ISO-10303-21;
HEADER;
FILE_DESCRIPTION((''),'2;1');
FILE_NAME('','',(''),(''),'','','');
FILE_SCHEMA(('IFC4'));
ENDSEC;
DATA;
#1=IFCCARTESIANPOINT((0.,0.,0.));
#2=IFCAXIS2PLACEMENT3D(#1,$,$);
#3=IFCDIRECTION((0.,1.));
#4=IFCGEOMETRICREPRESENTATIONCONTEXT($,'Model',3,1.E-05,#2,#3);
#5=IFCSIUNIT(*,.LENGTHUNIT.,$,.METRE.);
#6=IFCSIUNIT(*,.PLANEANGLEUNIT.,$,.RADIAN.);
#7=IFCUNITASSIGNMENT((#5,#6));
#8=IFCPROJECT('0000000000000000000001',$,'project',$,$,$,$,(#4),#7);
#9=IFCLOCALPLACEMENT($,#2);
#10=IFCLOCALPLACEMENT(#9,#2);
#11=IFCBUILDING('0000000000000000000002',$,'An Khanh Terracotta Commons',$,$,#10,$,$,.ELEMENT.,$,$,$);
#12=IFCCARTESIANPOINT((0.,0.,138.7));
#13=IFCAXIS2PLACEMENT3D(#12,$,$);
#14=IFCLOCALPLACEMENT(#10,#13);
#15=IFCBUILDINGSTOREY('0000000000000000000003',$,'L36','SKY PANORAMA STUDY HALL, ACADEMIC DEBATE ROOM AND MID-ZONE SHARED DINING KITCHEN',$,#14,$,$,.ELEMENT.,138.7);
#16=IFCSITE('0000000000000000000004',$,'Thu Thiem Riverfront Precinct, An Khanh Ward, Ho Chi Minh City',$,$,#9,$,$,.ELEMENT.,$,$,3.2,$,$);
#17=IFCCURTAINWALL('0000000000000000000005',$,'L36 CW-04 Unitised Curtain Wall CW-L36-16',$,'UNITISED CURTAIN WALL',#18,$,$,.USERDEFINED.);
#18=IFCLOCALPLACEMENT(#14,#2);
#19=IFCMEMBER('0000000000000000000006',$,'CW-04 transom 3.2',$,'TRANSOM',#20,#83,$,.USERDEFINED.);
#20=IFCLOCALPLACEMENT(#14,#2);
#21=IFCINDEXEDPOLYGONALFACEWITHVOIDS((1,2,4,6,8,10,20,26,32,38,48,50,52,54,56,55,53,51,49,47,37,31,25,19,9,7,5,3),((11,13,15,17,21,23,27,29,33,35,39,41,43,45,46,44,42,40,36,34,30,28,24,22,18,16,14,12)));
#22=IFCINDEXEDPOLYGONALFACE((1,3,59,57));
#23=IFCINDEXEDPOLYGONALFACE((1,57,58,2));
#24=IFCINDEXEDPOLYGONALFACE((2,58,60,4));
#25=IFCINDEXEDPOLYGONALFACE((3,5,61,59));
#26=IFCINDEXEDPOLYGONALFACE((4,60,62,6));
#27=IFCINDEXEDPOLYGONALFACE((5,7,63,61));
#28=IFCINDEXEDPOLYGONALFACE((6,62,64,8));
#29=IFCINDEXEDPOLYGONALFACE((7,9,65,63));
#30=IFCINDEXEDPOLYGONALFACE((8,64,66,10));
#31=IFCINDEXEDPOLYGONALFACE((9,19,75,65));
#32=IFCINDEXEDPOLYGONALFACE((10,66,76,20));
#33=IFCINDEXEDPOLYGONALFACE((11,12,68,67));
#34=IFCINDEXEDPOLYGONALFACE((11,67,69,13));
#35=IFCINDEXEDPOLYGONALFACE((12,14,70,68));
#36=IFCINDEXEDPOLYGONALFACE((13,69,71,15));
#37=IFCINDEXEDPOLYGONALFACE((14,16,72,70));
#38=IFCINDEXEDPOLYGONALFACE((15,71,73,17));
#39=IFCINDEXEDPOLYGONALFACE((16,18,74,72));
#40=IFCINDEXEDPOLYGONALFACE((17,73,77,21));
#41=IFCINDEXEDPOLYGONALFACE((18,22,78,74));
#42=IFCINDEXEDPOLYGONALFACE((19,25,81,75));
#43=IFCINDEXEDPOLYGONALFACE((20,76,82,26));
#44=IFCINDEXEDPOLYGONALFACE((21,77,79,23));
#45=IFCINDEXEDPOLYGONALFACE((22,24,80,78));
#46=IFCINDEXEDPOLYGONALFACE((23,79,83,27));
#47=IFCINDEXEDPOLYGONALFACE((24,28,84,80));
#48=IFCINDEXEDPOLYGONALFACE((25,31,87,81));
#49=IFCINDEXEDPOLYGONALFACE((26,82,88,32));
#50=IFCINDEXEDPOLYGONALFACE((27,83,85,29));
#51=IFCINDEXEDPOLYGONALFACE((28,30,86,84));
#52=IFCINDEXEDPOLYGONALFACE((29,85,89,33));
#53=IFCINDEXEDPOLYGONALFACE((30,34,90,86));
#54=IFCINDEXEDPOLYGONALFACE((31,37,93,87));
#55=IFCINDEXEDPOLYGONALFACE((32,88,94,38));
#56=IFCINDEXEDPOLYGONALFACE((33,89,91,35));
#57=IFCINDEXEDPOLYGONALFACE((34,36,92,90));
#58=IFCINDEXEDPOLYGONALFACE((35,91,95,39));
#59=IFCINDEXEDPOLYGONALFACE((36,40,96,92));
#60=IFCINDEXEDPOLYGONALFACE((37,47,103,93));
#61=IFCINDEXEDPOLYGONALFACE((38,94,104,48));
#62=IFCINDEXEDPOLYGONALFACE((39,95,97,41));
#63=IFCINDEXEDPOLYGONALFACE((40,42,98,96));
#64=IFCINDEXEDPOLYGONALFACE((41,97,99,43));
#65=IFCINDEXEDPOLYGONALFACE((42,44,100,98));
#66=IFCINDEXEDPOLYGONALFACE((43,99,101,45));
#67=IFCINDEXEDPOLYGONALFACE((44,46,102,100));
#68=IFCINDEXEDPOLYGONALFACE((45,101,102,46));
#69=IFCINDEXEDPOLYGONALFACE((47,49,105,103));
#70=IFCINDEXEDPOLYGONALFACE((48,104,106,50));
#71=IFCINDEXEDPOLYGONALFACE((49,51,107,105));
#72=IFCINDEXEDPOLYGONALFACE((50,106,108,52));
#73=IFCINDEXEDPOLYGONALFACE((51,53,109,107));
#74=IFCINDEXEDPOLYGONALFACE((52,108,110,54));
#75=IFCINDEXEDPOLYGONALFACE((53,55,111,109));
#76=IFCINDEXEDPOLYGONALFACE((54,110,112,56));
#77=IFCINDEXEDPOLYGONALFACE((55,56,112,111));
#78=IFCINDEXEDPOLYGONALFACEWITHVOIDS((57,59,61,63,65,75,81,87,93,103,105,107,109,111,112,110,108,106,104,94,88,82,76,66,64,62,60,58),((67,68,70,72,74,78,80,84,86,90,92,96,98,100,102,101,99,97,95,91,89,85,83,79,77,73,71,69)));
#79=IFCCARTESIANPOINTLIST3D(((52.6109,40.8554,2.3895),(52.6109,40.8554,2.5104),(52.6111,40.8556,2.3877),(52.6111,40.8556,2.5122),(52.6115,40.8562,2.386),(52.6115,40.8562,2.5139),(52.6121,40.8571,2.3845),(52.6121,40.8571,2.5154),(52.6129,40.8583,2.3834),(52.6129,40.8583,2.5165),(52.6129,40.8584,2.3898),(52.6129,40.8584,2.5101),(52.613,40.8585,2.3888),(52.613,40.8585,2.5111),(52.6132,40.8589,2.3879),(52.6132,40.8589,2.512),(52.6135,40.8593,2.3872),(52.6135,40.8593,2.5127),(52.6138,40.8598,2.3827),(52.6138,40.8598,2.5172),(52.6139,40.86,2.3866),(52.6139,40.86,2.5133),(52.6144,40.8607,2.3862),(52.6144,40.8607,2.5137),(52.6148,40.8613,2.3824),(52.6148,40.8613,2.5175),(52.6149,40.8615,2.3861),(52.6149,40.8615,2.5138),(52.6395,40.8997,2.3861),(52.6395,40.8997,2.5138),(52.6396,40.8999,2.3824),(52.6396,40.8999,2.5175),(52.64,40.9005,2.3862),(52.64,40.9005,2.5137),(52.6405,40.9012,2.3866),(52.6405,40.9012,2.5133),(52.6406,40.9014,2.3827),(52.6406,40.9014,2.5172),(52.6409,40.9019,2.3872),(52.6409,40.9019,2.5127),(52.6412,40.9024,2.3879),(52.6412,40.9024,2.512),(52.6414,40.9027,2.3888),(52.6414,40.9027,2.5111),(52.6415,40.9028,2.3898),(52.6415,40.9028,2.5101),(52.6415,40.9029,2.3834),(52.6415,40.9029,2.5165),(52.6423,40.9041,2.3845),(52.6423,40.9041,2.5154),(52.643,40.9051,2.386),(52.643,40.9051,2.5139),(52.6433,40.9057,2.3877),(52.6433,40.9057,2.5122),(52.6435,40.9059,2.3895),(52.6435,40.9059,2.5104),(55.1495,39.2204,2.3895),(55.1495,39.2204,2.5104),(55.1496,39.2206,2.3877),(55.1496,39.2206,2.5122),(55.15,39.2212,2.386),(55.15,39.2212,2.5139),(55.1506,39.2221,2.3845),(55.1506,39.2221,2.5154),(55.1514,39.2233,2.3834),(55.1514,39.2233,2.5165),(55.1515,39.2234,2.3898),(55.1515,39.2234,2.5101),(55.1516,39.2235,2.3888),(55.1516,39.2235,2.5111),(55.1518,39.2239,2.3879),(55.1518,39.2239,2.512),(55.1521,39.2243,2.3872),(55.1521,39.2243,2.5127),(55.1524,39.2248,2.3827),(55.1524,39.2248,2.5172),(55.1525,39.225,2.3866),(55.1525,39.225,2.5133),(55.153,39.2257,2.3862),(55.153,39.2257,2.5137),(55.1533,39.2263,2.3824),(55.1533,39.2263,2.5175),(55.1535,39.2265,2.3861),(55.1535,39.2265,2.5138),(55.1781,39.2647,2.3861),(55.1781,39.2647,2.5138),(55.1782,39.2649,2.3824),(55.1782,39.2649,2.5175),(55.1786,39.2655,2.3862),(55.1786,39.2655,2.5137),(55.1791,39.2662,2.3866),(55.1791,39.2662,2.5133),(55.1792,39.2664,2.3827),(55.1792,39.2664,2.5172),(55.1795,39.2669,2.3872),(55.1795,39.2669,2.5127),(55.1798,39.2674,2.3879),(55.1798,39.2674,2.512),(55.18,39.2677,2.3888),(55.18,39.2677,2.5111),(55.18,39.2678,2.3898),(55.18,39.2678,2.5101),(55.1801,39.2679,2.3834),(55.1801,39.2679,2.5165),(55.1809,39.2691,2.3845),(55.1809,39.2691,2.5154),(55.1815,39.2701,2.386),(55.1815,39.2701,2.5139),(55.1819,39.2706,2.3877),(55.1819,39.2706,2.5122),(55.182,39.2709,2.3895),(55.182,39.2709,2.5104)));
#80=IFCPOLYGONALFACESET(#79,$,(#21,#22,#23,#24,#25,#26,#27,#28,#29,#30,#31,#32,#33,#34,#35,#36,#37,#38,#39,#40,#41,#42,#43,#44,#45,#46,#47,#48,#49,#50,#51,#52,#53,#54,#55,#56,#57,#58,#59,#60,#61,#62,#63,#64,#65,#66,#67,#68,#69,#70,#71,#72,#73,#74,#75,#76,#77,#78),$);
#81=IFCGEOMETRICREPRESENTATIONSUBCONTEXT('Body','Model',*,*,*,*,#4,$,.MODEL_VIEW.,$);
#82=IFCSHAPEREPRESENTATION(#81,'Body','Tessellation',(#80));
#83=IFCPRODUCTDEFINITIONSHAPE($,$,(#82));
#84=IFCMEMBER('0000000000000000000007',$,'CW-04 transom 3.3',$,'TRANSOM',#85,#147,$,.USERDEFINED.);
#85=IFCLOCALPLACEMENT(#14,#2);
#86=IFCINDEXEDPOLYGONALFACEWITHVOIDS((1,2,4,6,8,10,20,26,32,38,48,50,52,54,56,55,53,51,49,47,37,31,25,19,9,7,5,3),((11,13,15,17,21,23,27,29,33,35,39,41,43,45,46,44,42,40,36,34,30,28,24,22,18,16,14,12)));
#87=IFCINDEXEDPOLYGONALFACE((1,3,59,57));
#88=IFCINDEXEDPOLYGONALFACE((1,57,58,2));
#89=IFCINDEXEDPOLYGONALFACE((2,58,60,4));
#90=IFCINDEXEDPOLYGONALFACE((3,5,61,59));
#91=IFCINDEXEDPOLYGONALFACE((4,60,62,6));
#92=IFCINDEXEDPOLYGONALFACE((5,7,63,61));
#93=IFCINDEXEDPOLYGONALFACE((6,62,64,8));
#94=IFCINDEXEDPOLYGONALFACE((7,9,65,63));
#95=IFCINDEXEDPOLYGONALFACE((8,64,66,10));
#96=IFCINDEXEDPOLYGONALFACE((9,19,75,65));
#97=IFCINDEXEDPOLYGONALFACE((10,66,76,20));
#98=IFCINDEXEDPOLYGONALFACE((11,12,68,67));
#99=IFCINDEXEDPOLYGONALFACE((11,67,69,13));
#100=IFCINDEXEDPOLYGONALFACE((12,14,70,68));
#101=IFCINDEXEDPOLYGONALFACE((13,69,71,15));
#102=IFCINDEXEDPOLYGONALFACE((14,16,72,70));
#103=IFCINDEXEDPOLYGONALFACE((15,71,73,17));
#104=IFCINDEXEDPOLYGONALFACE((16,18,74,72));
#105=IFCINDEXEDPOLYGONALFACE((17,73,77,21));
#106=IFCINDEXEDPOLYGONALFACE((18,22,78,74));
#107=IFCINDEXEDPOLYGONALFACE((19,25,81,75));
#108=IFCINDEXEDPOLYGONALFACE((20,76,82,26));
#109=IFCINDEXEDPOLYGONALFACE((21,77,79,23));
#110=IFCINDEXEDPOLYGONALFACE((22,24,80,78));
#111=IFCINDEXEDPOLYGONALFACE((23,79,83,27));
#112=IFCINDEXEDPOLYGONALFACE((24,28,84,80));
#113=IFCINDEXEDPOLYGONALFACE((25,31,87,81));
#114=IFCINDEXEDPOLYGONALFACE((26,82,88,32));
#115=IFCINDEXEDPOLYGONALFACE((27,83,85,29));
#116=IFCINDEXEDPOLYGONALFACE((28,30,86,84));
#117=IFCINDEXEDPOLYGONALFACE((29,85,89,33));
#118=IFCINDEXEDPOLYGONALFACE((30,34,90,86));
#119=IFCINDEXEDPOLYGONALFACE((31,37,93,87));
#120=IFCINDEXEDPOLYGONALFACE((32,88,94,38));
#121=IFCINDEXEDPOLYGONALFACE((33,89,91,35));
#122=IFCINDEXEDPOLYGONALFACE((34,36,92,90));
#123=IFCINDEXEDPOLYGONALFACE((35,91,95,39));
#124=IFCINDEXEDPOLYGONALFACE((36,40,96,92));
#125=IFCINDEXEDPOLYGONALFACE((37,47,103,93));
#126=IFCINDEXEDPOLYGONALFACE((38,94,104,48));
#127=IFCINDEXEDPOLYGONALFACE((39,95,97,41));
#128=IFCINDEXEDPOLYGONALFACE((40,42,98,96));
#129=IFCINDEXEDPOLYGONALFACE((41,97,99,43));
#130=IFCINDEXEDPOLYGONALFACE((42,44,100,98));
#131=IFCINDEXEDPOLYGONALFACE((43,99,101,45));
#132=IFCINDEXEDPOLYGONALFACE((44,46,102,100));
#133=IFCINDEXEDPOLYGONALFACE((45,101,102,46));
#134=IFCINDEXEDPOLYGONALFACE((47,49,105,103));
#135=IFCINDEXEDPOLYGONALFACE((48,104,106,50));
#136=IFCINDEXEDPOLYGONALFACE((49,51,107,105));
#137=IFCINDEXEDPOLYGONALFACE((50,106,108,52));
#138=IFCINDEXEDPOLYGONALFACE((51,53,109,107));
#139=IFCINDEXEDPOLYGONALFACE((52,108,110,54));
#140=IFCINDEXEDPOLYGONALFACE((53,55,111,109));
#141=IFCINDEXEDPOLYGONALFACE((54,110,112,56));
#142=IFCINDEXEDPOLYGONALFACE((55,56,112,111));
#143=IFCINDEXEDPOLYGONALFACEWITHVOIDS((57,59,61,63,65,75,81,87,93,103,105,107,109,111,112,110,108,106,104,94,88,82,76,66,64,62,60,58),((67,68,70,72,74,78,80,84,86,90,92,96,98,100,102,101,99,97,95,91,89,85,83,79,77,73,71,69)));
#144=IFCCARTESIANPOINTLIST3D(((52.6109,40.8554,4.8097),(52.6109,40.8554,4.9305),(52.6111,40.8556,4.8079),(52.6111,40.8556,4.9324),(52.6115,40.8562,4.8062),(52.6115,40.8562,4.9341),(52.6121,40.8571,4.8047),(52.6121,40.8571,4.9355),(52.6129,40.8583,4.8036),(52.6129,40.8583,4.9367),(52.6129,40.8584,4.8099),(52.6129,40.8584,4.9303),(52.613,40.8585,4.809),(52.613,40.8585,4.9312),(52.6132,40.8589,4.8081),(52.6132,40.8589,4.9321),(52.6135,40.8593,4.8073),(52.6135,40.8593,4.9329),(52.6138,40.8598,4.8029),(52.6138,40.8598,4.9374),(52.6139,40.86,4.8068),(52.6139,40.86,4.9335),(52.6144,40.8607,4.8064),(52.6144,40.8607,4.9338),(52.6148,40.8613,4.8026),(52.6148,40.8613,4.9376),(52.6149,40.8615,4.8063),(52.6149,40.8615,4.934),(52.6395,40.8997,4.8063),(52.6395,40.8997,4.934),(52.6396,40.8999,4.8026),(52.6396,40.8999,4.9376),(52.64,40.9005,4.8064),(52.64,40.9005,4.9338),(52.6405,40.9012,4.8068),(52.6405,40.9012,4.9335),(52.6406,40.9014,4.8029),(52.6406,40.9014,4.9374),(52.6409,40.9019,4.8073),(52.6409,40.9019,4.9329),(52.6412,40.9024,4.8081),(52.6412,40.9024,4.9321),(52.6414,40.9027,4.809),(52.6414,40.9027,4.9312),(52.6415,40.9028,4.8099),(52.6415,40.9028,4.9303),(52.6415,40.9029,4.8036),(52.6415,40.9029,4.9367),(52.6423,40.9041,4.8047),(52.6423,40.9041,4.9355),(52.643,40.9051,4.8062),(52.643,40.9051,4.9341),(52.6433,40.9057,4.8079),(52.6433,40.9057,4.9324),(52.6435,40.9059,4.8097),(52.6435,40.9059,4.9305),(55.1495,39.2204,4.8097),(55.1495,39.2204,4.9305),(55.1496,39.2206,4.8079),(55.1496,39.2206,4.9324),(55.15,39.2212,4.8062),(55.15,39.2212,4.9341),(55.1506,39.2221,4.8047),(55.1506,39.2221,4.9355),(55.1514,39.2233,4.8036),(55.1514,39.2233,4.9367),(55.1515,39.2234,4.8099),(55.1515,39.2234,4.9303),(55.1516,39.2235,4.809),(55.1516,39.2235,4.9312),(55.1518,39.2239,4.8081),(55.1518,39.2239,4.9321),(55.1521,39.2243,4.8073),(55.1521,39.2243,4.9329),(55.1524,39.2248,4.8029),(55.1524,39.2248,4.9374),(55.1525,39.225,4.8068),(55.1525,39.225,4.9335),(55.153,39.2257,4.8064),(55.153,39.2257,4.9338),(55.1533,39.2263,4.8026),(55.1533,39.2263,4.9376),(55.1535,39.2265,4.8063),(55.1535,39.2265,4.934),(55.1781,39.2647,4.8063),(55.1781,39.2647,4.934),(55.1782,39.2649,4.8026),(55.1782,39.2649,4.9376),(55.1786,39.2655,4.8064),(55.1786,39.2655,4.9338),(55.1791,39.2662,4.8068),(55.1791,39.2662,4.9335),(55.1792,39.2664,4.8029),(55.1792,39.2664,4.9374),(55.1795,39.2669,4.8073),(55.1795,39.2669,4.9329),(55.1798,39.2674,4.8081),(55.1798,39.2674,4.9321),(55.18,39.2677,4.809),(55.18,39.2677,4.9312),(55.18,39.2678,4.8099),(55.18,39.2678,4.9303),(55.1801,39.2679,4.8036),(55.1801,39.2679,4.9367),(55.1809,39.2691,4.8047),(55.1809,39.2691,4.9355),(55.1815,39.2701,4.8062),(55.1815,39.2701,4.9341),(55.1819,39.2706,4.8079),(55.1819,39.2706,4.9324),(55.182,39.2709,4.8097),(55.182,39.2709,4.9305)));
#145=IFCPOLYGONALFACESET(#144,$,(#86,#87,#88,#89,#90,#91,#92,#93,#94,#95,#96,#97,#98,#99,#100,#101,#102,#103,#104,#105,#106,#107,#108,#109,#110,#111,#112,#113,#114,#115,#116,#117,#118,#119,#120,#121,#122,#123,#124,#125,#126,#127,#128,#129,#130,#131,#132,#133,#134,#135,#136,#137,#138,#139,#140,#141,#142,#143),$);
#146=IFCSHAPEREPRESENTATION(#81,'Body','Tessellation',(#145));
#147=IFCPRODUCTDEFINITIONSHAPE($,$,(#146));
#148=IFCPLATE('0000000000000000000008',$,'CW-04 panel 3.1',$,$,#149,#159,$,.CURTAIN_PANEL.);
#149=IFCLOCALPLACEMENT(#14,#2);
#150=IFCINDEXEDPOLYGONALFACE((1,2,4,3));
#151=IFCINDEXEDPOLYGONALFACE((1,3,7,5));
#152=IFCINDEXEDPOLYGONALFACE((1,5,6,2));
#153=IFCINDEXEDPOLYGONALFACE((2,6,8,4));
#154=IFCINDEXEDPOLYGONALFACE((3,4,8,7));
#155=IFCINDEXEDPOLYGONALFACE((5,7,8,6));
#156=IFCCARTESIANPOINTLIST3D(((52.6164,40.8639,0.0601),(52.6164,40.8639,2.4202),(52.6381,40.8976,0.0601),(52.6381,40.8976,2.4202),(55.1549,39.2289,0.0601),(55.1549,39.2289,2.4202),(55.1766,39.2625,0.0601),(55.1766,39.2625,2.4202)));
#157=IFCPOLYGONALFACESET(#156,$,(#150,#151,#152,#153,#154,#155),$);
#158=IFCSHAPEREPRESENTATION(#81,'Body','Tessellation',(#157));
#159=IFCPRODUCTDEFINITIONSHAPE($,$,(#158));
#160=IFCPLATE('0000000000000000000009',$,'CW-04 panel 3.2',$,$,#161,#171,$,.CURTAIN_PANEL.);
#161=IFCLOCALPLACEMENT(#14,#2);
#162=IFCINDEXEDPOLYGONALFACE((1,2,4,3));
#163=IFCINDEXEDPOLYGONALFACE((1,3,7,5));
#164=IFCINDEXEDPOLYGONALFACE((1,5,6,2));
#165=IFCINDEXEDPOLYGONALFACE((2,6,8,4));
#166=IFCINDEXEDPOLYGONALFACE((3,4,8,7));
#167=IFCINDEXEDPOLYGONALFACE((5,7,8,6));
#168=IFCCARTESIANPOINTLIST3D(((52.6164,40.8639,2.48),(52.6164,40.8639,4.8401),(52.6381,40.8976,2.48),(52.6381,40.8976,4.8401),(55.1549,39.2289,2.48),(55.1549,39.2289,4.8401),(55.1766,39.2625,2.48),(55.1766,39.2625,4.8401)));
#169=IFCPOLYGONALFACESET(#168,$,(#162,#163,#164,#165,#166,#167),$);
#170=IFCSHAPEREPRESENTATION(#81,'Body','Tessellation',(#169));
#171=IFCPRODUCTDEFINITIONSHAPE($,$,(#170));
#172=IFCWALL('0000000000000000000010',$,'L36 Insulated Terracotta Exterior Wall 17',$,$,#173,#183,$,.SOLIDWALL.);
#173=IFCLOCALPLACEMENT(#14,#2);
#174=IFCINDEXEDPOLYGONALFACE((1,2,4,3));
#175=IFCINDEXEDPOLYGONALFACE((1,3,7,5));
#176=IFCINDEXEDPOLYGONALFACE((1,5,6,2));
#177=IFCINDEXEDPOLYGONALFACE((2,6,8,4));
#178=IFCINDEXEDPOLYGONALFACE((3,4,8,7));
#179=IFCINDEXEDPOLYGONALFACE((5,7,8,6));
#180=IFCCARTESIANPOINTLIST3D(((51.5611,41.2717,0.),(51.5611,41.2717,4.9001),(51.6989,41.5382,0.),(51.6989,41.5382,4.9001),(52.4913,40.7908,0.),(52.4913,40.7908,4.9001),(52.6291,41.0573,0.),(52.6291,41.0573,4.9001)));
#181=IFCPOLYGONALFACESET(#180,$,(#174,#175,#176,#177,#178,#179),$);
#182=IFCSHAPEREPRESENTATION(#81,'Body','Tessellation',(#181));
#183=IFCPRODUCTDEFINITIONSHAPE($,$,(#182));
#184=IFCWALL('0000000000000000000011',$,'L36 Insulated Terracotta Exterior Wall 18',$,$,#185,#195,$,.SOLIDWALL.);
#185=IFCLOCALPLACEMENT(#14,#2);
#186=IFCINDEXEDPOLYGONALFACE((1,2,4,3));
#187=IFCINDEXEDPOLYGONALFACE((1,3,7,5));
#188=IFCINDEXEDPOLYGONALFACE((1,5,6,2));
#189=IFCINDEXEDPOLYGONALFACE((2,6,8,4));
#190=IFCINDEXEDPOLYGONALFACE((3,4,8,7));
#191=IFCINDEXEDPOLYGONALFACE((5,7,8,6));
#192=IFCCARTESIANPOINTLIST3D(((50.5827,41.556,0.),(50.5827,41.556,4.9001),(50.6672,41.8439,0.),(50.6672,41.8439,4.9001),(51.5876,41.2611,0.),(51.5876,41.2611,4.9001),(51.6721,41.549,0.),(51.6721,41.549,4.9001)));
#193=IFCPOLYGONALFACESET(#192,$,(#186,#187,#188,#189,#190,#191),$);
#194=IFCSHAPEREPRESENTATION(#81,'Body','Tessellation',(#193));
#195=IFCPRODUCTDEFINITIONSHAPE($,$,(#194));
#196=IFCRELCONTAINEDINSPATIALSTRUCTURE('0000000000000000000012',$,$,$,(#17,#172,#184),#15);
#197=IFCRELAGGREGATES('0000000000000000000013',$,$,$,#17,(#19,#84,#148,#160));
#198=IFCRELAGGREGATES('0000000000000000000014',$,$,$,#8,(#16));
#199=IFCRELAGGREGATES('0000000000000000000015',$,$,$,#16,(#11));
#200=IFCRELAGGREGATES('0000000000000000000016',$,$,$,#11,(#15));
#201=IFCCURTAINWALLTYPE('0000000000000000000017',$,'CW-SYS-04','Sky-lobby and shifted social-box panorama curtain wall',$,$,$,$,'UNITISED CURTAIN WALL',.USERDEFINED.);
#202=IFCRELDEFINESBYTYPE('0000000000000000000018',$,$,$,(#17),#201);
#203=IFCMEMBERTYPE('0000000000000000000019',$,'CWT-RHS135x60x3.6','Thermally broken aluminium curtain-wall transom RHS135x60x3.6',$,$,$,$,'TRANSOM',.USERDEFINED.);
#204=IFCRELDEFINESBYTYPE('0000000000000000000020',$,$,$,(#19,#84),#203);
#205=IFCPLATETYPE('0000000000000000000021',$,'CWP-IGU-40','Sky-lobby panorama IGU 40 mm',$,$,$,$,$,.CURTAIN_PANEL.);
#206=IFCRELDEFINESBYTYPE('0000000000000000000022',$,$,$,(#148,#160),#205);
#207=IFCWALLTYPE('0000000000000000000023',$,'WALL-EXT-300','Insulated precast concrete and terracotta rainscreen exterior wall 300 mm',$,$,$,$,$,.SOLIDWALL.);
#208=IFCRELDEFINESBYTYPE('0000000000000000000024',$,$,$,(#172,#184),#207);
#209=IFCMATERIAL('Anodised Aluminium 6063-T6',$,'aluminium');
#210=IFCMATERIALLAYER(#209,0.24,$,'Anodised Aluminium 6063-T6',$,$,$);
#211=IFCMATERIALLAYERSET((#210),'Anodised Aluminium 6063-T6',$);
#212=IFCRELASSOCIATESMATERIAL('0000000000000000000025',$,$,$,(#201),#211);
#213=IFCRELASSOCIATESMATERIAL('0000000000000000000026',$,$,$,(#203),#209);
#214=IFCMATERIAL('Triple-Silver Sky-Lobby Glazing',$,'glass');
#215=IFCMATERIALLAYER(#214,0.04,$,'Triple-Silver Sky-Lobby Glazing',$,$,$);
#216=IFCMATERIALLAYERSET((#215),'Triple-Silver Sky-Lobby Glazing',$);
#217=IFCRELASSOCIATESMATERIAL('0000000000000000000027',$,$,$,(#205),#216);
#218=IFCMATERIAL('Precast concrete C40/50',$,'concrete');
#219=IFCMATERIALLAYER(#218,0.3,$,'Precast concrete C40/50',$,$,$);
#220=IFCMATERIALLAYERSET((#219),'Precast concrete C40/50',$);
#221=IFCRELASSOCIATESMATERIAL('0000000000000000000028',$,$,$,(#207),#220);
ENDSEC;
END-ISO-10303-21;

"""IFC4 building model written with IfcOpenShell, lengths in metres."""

from ifc_helpers import new_model, si_unit, direction, frame, frame_2d, origin, origin_2d, place, context, subcontext, project, spatial, rectangle, hollow_rectangle, extrude, material, layer, layer_set, material_profile, profile_set, type_object, element, aggregate, save


model = new_model("IFC4")

# Units and contexts
model_context = context("Model", 3, precision=1e-05, world=origin(), true_north=direction((0.0, 1.0)))
body_context = subcontext(model_context, "Body", "Model", "MODEL_VIEW")
ifc_project = project(units=[si_unit("LENGTHUNIT", "METRE"), si_unit("PLANEANGLEUNIT", "RADIAN")], contexts=[model_context])

# Site, building, storey
site_placement = place(None, origin())
site = spatial("IfcSite", under=ifc_project, at=site_placement, Name="Thu Thiem Riverfront Precinct, An Khanh Ward, Ho Chi Minh City", CompositionType="ELEMENT", RefElevation=3.2)
building_placement = place(site_placement, origin())
building = spatial("IfcBuilding", under=site, at=building_placement, Name="An Khanh Terracotta Commons", CompositionType="ELEMENT")
storey_placement = place(building_placement, frame((0.0, 0.0, 138.7)))
storey = spatial("IfcBuildingStorey", under=building, at=storey_placement, Name="L36", Description="SKY PANORAMA STUDY HALL, ACADEMIC DEBATE ROOM AND MID-ZONE SHARED DINING KITCHEN", CompositionType="ELEMENT", Elevation=138.7)

# Curtain wall, members, plates
ifc_material_1 = material(Name="Anodised Aluminium 6063-T6", Category="aluminium")
ifc_layer_1 = layer(ifc_material_1, 0.24, Name="Anodised Aluminium 6063-T6")
ifc_layer_set_1 = layer_set([ifc_layer_1], Name="Anodised Aluminium 6063-T6")
curtain_wall_type = type_object("IfcCurtainWallType", Name="CW-SYS-04", Description="Sky-lobby and shifted social-box panorama curtain wall", ElementType="UNITISED CURTAIN WALL", PredefinedType="USERDEFINED", material=ifc_layer_set_1)
curtain_wall_placement = place(storey_placement, origin())
curtain_wall = element("IfcCurtainWall", 1, at=curtain_wall_placement, inside=storey, type_object=curtain_wall_type, Name="L36 CW-04 Unitised Curtain Wall CW-L36-16", ObjectType="UNITISED CURTAIN WALL", PredefinedType="USERDEFINED")
ifc_material_profile_1 = material_profile(ifc_material_1, hollow_rectangle(XDim=0.0601, YDim=0.135, WallThickness=0.0037, InnerFilletRadius=0.0037, OuterFilletRadius=0.0071, at=origin_2d()), Name="RHS135x60x3.6")
ifc_profile_set_1 = profile_set([ifc_material_profile_1], Name="Anodised Aluminium 6063-T6")
member_type_1 = type_object("IfcMemberType", Name="CWT-RHS135x60x3.6", Description="Thermally broken aluminium curtain-wall transom RHS135x60x3.6", ElementType="TRANSOM", PredefinedType="USERDEFINED", material=ifc_profile_set_1)
member_1_placement = place(storey_placement, frame((55.1658, 39.2456, 2.45), z_axis=(-0.840716, 0.541477, 0.0), x_axis=(-0.541477, -0.840716, 0.0)))
member_1 = element("IfcMember", 2, at=member_1_placement, type_object=member_type_1, Name="CW-04 transom 3.2", ObjectType="TRANSOM", PredefinedType="USERDEFINED", context=body_context, shape_type="SweptSolid", body=[
    extrude(hollow_rectangle(XDim=0.0601, YDim=0.135, WallThickness=0.0037, InnerFilletRadius=0.0037, OuterFilletRadius=0.0071, at=origin_2d()), origin(), (0.0, 0.0, 1.0), 3.0195),
])
member_2_placement = place(storey_placement, frame((55.1658, 39.2456, 4.8701), z_axis=(-0.840716, 0.541477, 0.0), x_axis=(-0.541477, -0.840716, 0.0)))
member_2 = element("IfcMember", 3, at=member_2_placement, type_object=member_type_1, Name="CW-04 transom 3.3", ObjectType="TRANSOM", PredefinedType="USERDEFINED", context=body_context, shape_type="SweptSolid", body=[
    extrude(hollow_rectangle(XDim=0.0601, YDim=0.135, WallThickness=0.0037, InnerFilletRadius=0.0037, OuterFilletRadius=0.0071, at=origin_2d()), origin(), (0.0, 0.0, 1.0), 3.0195),
])
ifc_material_2 = material(Name="Triple-Silver Sky-Lobby Glazing", Category="glass")
ifc_layer_2 = layer(ifc_material_2, 0.04, Name="Triple-Silver Sky-Lobby Glazing")
ifc_layer_set_2 = layer_set([ifc_layer_2], Name="Triple-Silver Sky-Lobby Glazing")
plate_type = type_object("IfcPlateType", Name="CWP-IGU-40", Description="Sky-lobby panorama IGU 40 mm", PredefinedType="CURTAIN_PANEL", material=ifc_layer_set_2)
plate_1_placement = place(storey_placement, frame((53.8965, 40.0632, 0.0601), z_axis=(0.0, 0.0, 1.0), x_axis=(-0.840702, 0.541498, 0.0)))
plate_1 = element("IfcPlate", 4, at=plate_1_placement, type_object=plate_type, Name="CW-04 panel 3.1", PredefinedType="CURTAIN_PANEL", context=body_context, shape_type="SweptSolid", body=[
    extrude(rectangle(XDim=3.0195, YDim=0.04, at=origin_2d()), origin(), (0.0, 0.0, 1.0), 2.3601),
])
plate_2_placement = place(storey_placement, frame((53.8965, 40.0632, 2.48), z_axis=(0.0, 0.0, 1.0), x_axis=(-0.840702, 0.541498, 0.0)))
plate_2 = element("IfcPlate", 5, at=plate_2_placement, type_object=plate_type, Name="CW-04 panel 3.2", PredefinedType="CURTAIN_PANEL", context=body_context, shape_type="SweptSolid", body=[
    extrude(rectangle(XDim=3.0195, YDim=0.04, at=origin_2d()), origin(), (0.0, 0.0, 1.0), 2.3601),
])
aggregate(curtain_wall, [member_1, member_2, plate_1, plate_2])

# Walls
ifc_material_3 = material(Name="Precast concrete C40/50", Category="concrete")
ifc_layer_3 = layer(ifc_material_3, 0.3, Name="Precast concrete C40/50")
ifc_layer_set_3 = layer_set([ifc_layer_3], Name="Precast concrete C40/50")
wall_type = type_object("IfcWallType", Name="WALL-EXT-300", Description="Insulated precast concrete and terracotta rainscreen exterior wall 300 mm", PredefinedType="SOLIDWALL", material=ifc_layer_set_3)
wall_1_placement = place(storey_placement, frame((52.5601, 40.9241, 0.0), z_axis=(0.0, 0.0, 1.0), x_axis=(-0.888283, 0.459296, 0.0)))
element("IfcWall", 6, at=wall_1_placement, inside=storey, type_object=wall_type, Name="L36 Insulated Terracotta Exterior Wall 17", PredefinedType="SOLIDWALL", context=body_context, shape_type="SweptSolid", body=[
    extrude(rectangle(XDim=1.0471, YDim=0.3, at=frame_2d((0.5234, 0.0))), origin(), (0.0, 0.0, 1.0), 4.9001),
])
wall_2_placement = place(storey_placement, frame((51.6299, 41.405, 0.0), z_axis=(0.0, 0.0, 1.0), x_axis=(-0.959529, 0.281611, 0.0)))
element("IfcWall", 7, at=wall_2_placement, inside=storey, type_object=wall_type, Name="L36 Insulated Terracotta Exterior Wall 18", PredefinedType="SOLIDWALL", context=body_context, shape_type="SweptSolid", body=[
    extrude(rectangle(XDim=1.0474, YDim=0.3, at=frame_2d((0.5237, 0.0))), origin(), (0.0, 0.0, 1.0), 4.9001),
])

save(model, "model.ifc")
